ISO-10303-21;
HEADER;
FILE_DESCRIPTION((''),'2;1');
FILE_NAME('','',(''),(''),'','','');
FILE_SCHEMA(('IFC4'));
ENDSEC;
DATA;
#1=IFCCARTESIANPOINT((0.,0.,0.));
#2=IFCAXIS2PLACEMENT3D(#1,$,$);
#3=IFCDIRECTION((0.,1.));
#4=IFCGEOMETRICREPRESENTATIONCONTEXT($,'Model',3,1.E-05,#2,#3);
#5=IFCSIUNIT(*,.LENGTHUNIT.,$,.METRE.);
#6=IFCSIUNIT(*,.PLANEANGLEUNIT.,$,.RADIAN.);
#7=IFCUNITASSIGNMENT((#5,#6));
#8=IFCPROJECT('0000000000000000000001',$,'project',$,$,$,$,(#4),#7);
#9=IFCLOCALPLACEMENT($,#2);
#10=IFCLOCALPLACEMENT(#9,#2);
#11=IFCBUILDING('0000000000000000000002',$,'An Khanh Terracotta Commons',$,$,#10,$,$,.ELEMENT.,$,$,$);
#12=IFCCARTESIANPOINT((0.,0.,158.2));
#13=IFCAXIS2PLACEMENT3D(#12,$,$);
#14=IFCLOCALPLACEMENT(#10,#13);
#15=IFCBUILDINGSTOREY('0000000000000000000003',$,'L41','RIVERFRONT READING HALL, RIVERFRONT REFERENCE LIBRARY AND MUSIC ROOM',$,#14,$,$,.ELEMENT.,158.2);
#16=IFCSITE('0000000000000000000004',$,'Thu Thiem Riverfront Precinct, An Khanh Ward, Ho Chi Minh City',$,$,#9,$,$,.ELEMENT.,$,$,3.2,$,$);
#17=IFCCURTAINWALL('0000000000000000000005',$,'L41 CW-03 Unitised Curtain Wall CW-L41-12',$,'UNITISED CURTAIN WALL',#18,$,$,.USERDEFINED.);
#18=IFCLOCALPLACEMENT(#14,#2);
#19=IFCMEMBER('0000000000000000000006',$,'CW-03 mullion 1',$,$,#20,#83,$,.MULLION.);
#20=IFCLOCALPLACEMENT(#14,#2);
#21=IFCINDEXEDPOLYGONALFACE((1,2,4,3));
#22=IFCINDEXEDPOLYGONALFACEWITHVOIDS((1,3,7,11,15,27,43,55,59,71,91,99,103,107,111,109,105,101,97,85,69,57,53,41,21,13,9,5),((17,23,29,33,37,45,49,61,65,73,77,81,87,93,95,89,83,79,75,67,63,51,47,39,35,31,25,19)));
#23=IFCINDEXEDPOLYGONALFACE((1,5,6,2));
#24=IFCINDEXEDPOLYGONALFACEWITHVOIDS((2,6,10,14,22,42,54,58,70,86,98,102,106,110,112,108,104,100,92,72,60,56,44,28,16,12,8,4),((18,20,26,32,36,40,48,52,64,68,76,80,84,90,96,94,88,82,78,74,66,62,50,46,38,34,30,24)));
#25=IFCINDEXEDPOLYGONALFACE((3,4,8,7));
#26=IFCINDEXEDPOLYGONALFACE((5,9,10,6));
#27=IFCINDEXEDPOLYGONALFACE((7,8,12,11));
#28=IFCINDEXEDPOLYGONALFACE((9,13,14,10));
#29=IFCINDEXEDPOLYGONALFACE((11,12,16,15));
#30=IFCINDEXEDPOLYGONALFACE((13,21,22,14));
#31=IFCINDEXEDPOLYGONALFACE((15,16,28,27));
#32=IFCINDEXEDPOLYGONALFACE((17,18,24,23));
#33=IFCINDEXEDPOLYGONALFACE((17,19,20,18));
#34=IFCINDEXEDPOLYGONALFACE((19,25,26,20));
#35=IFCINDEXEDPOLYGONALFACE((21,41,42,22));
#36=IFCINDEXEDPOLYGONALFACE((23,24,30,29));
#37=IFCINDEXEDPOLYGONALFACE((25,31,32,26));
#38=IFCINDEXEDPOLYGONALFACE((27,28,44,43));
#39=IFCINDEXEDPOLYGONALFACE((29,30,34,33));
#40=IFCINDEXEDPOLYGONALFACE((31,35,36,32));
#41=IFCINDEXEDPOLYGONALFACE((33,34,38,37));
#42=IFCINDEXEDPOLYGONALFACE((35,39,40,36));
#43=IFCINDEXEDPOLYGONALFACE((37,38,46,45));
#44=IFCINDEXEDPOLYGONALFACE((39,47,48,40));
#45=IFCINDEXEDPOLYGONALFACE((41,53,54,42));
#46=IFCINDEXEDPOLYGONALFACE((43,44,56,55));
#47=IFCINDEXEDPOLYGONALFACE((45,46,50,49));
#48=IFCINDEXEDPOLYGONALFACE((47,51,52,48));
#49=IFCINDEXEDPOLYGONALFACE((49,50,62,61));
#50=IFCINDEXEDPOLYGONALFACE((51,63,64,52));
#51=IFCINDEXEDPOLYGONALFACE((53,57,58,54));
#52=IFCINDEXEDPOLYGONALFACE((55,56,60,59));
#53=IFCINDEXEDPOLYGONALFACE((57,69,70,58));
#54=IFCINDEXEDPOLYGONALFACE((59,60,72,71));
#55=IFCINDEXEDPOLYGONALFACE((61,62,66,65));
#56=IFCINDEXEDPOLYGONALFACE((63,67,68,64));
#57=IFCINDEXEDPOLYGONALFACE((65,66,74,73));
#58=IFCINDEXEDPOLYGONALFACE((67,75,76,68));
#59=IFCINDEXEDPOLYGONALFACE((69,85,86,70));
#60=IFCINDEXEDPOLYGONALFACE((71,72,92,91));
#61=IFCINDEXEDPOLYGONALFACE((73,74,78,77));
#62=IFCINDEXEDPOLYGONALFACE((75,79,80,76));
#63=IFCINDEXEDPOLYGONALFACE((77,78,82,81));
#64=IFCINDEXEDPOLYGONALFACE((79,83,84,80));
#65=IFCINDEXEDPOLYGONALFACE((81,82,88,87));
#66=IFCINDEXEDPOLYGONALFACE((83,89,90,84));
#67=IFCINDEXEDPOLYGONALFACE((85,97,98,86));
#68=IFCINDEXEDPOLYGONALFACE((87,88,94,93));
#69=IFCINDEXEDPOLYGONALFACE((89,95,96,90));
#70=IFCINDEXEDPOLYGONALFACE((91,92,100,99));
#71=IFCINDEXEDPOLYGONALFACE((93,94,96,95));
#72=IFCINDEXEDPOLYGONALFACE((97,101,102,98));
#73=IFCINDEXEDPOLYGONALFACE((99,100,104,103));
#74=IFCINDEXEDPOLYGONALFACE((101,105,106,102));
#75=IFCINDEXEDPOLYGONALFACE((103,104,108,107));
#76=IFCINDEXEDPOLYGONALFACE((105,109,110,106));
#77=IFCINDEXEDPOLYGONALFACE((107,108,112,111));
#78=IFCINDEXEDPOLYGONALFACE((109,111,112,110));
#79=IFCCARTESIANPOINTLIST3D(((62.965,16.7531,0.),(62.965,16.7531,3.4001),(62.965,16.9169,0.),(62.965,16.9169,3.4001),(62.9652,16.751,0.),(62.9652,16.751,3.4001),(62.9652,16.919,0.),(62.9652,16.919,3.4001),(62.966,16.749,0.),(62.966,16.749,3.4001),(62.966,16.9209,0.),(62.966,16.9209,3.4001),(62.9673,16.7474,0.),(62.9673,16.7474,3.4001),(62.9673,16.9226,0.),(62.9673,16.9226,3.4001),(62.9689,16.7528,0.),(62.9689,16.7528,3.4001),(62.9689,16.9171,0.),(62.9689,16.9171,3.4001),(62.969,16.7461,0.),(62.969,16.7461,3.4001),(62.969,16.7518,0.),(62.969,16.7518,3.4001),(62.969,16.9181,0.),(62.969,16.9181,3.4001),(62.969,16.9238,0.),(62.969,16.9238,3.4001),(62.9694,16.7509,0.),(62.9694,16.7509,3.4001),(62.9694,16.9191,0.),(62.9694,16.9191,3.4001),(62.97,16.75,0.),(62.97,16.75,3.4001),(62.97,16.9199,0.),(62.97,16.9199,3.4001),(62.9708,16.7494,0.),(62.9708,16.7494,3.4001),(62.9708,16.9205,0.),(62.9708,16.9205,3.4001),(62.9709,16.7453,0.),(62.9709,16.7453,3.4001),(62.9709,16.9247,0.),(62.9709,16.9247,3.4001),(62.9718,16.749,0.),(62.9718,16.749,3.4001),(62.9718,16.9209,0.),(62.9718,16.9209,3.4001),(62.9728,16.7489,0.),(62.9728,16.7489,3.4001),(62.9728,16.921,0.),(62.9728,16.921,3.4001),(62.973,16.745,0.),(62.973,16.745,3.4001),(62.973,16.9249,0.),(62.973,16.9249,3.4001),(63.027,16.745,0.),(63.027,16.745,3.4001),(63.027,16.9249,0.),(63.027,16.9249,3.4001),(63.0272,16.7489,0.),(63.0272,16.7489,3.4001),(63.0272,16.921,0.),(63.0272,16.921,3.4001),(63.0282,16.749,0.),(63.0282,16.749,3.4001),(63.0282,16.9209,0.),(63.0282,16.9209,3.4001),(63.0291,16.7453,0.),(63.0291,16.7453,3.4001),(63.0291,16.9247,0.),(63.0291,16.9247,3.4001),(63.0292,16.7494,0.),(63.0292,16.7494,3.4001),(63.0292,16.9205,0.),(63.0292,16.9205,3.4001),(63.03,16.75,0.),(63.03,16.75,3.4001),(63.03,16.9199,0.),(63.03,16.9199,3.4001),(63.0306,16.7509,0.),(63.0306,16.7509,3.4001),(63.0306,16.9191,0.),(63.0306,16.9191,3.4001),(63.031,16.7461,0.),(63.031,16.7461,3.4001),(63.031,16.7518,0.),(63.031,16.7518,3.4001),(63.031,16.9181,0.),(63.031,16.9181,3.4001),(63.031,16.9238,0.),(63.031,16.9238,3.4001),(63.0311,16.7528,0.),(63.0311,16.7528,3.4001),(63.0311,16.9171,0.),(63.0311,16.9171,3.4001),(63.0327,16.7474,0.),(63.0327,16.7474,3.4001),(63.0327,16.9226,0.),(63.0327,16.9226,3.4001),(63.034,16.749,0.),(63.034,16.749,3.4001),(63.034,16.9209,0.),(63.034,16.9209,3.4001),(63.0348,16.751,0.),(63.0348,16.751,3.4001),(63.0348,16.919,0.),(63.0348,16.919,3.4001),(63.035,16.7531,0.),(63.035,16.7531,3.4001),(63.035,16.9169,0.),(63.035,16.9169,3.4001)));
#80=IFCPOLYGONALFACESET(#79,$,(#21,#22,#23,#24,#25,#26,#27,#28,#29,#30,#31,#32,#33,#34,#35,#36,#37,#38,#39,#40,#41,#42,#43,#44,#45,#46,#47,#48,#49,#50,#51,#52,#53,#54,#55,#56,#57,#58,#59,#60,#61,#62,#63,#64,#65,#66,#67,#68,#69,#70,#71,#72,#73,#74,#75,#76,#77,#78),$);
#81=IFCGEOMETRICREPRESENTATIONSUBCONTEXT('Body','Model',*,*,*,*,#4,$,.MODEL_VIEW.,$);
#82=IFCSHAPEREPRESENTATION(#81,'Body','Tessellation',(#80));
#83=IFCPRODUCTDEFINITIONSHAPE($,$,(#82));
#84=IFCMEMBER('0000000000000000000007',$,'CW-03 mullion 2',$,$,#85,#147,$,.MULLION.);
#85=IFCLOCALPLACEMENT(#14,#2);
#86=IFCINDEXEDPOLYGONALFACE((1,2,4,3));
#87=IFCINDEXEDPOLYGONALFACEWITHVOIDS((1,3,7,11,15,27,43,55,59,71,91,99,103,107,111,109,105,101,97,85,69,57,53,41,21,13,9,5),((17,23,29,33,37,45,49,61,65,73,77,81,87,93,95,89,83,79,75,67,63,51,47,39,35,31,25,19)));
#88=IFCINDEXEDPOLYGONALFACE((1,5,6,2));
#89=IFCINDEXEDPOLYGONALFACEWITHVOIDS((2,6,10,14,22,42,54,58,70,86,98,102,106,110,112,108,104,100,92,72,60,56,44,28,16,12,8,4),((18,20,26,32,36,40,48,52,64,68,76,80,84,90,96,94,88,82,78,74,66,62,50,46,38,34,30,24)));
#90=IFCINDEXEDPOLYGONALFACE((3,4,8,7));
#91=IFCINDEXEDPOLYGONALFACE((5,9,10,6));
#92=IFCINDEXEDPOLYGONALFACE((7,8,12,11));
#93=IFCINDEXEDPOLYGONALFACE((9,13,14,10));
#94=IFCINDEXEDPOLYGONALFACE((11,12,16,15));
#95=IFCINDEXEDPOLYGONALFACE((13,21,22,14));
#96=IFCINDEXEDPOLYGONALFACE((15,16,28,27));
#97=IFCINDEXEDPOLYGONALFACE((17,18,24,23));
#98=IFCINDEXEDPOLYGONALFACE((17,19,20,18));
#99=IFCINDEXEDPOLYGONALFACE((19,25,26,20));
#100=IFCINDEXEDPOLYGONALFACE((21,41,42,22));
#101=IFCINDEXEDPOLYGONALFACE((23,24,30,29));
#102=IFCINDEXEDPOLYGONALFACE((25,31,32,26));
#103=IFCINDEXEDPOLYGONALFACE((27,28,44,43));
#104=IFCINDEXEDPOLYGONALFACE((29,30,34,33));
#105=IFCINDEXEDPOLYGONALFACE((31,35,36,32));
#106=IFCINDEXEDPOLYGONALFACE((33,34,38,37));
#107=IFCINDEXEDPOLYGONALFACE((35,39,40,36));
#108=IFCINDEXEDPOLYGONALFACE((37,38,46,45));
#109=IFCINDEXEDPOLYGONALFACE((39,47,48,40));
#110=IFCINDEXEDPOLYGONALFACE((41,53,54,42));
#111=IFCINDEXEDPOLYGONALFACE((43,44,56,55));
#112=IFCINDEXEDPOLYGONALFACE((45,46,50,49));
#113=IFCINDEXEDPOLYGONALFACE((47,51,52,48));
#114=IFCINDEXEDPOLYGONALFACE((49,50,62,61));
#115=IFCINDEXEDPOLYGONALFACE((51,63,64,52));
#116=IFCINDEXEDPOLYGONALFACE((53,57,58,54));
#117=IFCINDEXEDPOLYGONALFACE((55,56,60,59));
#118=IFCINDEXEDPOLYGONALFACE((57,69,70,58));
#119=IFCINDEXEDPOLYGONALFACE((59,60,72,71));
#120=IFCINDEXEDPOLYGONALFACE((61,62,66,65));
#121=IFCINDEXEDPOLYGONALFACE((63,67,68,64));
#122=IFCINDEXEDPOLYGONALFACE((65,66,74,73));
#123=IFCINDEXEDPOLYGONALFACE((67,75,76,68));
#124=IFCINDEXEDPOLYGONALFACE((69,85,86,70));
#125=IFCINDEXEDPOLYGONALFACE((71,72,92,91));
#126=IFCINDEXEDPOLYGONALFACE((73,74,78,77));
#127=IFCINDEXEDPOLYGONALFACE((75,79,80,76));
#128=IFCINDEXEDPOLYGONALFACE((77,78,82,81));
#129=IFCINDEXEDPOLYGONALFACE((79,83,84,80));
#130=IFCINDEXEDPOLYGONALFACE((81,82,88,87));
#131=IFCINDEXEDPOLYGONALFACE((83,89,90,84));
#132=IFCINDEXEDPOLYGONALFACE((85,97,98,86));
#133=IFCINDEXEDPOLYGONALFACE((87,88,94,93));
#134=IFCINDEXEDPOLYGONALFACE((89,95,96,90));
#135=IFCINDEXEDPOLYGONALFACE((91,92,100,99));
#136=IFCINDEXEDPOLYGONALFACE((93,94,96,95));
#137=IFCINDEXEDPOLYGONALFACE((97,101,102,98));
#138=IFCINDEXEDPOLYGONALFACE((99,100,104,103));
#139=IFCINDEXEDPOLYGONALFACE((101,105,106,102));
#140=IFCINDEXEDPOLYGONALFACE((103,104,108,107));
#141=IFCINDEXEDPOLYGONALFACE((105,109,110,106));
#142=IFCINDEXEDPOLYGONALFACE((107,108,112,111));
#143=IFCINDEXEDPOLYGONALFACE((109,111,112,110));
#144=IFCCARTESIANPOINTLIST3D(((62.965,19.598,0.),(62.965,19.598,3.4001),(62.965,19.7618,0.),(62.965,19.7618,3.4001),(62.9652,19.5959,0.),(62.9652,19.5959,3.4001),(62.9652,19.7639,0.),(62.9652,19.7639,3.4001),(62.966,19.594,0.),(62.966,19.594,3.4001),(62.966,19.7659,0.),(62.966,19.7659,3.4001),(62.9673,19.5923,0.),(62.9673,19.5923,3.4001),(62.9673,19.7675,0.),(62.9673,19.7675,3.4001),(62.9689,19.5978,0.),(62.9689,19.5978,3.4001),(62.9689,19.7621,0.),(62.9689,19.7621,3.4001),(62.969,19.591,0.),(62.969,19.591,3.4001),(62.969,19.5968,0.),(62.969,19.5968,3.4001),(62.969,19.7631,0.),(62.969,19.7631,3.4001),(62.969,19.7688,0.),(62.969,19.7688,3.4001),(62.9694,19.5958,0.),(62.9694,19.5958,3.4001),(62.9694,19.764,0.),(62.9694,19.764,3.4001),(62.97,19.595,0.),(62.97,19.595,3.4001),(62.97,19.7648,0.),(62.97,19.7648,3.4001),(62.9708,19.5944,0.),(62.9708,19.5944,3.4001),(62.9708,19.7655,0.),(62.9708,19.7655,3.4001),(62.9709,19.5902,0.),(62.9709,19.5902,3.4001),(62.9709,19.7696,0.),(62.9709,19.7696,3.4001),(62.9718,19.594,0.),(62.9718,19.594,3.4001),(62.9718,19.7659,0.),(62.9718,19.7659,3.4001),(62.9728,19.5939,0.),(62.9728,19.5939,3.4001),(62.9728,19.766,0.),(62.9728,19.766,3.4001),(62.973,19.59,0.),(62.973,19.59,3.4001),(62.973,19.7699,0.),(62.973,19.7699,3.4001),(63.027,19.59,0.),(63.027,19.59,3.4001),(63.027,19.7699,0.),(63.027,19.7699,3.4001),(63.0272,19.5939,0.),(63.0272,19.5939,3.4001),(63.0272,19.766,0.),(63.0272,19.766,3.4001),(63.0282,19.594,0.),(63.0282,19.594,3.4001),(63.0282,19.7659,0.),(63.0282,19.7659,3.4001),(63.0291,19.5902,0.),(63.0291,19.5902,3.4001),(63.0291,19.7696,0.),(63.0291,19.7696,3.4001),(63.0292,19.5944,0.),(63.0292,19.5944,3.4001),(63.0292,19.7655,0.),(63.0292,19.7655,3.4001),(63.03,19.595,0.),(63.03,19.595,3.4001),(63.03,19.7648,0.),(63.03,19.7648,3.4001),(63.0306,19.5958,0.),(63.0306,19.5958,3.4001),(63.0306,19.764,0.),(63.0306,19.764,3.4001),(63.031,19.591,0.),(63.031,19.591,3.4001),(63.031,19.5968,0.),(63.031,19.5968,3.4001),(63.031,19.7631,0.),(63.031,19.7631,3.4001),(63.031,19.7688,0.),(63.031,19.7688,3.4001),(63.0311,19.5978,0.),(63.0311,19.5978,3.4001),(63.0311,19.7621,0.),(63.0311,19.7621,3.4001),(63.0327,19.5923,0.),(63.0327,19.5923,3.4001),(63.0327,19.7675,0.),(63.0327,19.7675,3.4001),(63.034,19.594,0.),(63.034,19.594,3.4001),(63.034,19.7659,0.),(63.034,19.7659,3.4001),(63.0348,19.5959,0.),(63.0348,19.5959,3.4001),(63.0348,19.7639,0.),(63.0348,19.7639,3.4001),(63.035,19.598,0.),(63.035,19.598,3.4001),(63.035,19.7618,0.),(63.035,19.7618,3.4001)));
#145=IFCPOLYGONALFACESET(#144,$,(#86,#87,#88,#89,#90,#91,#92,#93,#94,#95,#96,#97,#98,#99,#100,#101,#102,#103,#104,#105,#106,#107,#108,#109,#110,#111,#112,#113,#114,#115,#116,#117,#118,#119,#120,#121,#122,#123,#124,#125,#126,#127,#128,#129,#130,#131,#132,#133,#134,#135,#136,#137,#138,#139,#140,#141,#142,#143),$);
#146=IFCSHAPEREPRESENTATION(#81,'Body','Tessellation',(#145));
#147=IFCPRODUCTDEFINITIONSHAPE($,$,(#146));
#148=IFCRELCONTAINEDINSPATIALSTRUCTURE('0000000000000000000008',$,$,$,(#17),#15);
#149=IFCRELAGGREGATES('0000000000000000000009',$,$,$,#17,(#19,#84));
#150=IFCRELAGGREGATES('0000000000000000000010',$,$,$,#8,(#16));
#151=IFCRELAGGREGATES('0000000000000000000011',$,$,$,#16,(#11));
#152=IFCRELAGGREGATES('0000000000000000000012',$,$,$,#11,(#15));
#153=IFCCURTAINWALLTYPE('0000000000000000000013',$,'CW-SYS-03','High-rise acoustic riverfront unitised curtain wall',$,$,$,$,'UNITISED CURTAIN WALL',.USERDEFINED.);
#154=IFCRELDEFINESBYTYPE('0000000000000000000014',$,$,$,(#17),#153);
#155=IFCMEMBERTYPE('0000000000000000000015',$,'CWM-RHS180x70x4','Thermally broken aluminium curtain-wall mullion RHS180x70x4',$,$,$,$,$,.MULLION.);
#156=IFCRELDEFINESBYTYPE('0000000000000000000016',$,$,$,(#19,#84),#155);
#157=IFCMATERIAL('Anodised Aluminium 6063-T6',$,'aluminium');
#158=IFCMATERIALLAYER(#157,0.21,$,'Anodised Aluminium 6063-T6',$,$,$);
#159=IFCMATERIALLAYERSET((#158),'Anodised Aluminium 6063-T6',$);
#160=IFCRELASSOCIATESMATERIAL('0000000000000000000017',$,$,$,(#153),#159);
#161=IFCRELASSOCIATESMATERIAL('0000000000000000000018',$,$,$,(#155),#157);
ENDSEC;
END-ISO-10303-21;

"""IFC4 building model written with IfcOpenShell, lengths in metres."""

from ifc_helpers import new_model, si_unit, direction, frame, origin, origin_2d, place, context, subcontext, project, spatial, hollow_rectangle, extrude, material, layer, layer_set, material_profile, profile_set, type_object, element, aggregate, save


model = new_model("IFC4")

# Units and contexts
model_context = context("Model", 3, precision=1e-05, world=origin(), true_north=direction((0.0, 1.0)))
body_context = subcontext(model_context, "Body", "Model", "MODEL_VIEW")
ifc_project = project(units=[si_unit("LENGTHUNIT", "METRE"), si_unit("PLANEANGLEUNIT", "RADIAN")], contexts=[model_context])

# Site, building, storey
site_placement = place(None, origin())
site = spatial("IfcSite", under=ifc_project, at=site_placement, Name="Thu Thiem Riverfront Precinct, An Khanh Ward, Ho Chi Minh City", CompositionType="ELEMENT", RefElevation=3.2)
building_placement = place(site_placement, origin())
building = spatial("IfcBuilding", under=site, at=building_placement, Name="An Khanh Terracotta Commons", CompositionType="ELEMENT")
storey_placement = place(building_placement, frame((0.0, 0.0, 158.2)))
storey = spatial("IfcBuildingStorey", under=building, at=storey_placement, Name="L41", Description="RIVERFRONT READING HALL, RIVERFRONT REFERENCE LIBRARY AND MUSIC ROOM", CompositionType="ELEMENT", Elevation=158.2)

# Curtain wall, members
ifc_material_1 = material(Name="Anodised Aluminium 6063-T6", Category="aluminium")
ifc_layer_1 = layer(ifc_material_1, 0.21, Name="Anodised Aluminium 6063-T6")
ifc_layer_set_1 = layer_set([ifc_layer_1], Name="Anodised Aluminium 6063-T6")
curtain_wall_type = type_object("IfcCurtainWallType", Name="CW-SYS-03", Description="High-rise acoustic riverfront unitised curtain wall", ElementType="UNITISED CURTAIN WALL", PredefinedType="USERDEFINED", material=ifc_layer_set_1)
ifc_material_profile_1 = material_profile(ifc_material_1, hollow_rectangle(XDim=0.0701, YDim=0.1799, WallThickness=0.0039, InnerFilletRadius=0.0039, OuterFilletRadius=0.0081, at=origin_2d()), Name="RHS180x70x4")
ifc_profile_set_1 = profile_set([ifc_material_profile_1], Name="Anodised Aluminium 6063-T6")
member_type_1 = type_object("IfcMemberType", Name="CWM-RHS180x70x4", Description="Thermally broken aluminium curtain-wall mullion RHS180x70x4", PredefinedType="MULLION", material=ifc_profile_set_1)
curtain_wall_1_placement = place(storey_placement, origin())
curtain_wall_1 = element("IfcCurtainWall", 1, at=curtain_wall_1_placement, inside=storey, type_object=curtain_wall_type, Name="L41 CW-03 Unitised Curtain Wall CW-L41-12", ObjectType="UNITISED CURTAIN WALL", PredefinedType="USERDEFINED")
member_1_placement = place(storey_placement, frame((63.0, 16.835, 0.0), z_axis=(0.0, 0.0, 1.0), x_axis=(-1.0, 0.0, 0.0)))
member_1 = element("IfcMember", 2, at=member_1_placement, type_object=member_type_1, Name="CW-03 mullion 1", PredefinedType="MULLION", context=body_context, shape_type="SweptSolid", body=[
    extrude(hollow_rectangle(XDim=0.0701, YDim=0.1799, WallThickness=0.0039, InnerFilletRadius=0.0039, OuterFilletRadius=0.0081, at=origin_2d()), origin(), (0.0, 0.0, 1.0), 3.4001),
])
member_2_placement = place(storey_placement, frame((63.0, 19.6799, 0.0), z_axis=(0.0, 0.0, 1.0), x_axis=(-1.0, 0.0, 0.0)))
member_2 = element("IfcMember", 3, at=member_2_placement, type_object=member_type_1, Name="CW-03 mullion 2", PredefinedType="MULLION", context=body_context, shape_type="SweptSolid", body=[
    extrude(hollow_rectangle(XDim=0.0701, YDim=0.1799, WallThickness=0.0039, InnerFilletRadius=0.0039, OuterFilletRadius=0.0081, at=origin_2d()), origin(), (0.0, 0.0, 1.0), 3.4001),
])

aggregate(curtain_wall_1, [member_1, member_2])

save(model, "model.ifc")
